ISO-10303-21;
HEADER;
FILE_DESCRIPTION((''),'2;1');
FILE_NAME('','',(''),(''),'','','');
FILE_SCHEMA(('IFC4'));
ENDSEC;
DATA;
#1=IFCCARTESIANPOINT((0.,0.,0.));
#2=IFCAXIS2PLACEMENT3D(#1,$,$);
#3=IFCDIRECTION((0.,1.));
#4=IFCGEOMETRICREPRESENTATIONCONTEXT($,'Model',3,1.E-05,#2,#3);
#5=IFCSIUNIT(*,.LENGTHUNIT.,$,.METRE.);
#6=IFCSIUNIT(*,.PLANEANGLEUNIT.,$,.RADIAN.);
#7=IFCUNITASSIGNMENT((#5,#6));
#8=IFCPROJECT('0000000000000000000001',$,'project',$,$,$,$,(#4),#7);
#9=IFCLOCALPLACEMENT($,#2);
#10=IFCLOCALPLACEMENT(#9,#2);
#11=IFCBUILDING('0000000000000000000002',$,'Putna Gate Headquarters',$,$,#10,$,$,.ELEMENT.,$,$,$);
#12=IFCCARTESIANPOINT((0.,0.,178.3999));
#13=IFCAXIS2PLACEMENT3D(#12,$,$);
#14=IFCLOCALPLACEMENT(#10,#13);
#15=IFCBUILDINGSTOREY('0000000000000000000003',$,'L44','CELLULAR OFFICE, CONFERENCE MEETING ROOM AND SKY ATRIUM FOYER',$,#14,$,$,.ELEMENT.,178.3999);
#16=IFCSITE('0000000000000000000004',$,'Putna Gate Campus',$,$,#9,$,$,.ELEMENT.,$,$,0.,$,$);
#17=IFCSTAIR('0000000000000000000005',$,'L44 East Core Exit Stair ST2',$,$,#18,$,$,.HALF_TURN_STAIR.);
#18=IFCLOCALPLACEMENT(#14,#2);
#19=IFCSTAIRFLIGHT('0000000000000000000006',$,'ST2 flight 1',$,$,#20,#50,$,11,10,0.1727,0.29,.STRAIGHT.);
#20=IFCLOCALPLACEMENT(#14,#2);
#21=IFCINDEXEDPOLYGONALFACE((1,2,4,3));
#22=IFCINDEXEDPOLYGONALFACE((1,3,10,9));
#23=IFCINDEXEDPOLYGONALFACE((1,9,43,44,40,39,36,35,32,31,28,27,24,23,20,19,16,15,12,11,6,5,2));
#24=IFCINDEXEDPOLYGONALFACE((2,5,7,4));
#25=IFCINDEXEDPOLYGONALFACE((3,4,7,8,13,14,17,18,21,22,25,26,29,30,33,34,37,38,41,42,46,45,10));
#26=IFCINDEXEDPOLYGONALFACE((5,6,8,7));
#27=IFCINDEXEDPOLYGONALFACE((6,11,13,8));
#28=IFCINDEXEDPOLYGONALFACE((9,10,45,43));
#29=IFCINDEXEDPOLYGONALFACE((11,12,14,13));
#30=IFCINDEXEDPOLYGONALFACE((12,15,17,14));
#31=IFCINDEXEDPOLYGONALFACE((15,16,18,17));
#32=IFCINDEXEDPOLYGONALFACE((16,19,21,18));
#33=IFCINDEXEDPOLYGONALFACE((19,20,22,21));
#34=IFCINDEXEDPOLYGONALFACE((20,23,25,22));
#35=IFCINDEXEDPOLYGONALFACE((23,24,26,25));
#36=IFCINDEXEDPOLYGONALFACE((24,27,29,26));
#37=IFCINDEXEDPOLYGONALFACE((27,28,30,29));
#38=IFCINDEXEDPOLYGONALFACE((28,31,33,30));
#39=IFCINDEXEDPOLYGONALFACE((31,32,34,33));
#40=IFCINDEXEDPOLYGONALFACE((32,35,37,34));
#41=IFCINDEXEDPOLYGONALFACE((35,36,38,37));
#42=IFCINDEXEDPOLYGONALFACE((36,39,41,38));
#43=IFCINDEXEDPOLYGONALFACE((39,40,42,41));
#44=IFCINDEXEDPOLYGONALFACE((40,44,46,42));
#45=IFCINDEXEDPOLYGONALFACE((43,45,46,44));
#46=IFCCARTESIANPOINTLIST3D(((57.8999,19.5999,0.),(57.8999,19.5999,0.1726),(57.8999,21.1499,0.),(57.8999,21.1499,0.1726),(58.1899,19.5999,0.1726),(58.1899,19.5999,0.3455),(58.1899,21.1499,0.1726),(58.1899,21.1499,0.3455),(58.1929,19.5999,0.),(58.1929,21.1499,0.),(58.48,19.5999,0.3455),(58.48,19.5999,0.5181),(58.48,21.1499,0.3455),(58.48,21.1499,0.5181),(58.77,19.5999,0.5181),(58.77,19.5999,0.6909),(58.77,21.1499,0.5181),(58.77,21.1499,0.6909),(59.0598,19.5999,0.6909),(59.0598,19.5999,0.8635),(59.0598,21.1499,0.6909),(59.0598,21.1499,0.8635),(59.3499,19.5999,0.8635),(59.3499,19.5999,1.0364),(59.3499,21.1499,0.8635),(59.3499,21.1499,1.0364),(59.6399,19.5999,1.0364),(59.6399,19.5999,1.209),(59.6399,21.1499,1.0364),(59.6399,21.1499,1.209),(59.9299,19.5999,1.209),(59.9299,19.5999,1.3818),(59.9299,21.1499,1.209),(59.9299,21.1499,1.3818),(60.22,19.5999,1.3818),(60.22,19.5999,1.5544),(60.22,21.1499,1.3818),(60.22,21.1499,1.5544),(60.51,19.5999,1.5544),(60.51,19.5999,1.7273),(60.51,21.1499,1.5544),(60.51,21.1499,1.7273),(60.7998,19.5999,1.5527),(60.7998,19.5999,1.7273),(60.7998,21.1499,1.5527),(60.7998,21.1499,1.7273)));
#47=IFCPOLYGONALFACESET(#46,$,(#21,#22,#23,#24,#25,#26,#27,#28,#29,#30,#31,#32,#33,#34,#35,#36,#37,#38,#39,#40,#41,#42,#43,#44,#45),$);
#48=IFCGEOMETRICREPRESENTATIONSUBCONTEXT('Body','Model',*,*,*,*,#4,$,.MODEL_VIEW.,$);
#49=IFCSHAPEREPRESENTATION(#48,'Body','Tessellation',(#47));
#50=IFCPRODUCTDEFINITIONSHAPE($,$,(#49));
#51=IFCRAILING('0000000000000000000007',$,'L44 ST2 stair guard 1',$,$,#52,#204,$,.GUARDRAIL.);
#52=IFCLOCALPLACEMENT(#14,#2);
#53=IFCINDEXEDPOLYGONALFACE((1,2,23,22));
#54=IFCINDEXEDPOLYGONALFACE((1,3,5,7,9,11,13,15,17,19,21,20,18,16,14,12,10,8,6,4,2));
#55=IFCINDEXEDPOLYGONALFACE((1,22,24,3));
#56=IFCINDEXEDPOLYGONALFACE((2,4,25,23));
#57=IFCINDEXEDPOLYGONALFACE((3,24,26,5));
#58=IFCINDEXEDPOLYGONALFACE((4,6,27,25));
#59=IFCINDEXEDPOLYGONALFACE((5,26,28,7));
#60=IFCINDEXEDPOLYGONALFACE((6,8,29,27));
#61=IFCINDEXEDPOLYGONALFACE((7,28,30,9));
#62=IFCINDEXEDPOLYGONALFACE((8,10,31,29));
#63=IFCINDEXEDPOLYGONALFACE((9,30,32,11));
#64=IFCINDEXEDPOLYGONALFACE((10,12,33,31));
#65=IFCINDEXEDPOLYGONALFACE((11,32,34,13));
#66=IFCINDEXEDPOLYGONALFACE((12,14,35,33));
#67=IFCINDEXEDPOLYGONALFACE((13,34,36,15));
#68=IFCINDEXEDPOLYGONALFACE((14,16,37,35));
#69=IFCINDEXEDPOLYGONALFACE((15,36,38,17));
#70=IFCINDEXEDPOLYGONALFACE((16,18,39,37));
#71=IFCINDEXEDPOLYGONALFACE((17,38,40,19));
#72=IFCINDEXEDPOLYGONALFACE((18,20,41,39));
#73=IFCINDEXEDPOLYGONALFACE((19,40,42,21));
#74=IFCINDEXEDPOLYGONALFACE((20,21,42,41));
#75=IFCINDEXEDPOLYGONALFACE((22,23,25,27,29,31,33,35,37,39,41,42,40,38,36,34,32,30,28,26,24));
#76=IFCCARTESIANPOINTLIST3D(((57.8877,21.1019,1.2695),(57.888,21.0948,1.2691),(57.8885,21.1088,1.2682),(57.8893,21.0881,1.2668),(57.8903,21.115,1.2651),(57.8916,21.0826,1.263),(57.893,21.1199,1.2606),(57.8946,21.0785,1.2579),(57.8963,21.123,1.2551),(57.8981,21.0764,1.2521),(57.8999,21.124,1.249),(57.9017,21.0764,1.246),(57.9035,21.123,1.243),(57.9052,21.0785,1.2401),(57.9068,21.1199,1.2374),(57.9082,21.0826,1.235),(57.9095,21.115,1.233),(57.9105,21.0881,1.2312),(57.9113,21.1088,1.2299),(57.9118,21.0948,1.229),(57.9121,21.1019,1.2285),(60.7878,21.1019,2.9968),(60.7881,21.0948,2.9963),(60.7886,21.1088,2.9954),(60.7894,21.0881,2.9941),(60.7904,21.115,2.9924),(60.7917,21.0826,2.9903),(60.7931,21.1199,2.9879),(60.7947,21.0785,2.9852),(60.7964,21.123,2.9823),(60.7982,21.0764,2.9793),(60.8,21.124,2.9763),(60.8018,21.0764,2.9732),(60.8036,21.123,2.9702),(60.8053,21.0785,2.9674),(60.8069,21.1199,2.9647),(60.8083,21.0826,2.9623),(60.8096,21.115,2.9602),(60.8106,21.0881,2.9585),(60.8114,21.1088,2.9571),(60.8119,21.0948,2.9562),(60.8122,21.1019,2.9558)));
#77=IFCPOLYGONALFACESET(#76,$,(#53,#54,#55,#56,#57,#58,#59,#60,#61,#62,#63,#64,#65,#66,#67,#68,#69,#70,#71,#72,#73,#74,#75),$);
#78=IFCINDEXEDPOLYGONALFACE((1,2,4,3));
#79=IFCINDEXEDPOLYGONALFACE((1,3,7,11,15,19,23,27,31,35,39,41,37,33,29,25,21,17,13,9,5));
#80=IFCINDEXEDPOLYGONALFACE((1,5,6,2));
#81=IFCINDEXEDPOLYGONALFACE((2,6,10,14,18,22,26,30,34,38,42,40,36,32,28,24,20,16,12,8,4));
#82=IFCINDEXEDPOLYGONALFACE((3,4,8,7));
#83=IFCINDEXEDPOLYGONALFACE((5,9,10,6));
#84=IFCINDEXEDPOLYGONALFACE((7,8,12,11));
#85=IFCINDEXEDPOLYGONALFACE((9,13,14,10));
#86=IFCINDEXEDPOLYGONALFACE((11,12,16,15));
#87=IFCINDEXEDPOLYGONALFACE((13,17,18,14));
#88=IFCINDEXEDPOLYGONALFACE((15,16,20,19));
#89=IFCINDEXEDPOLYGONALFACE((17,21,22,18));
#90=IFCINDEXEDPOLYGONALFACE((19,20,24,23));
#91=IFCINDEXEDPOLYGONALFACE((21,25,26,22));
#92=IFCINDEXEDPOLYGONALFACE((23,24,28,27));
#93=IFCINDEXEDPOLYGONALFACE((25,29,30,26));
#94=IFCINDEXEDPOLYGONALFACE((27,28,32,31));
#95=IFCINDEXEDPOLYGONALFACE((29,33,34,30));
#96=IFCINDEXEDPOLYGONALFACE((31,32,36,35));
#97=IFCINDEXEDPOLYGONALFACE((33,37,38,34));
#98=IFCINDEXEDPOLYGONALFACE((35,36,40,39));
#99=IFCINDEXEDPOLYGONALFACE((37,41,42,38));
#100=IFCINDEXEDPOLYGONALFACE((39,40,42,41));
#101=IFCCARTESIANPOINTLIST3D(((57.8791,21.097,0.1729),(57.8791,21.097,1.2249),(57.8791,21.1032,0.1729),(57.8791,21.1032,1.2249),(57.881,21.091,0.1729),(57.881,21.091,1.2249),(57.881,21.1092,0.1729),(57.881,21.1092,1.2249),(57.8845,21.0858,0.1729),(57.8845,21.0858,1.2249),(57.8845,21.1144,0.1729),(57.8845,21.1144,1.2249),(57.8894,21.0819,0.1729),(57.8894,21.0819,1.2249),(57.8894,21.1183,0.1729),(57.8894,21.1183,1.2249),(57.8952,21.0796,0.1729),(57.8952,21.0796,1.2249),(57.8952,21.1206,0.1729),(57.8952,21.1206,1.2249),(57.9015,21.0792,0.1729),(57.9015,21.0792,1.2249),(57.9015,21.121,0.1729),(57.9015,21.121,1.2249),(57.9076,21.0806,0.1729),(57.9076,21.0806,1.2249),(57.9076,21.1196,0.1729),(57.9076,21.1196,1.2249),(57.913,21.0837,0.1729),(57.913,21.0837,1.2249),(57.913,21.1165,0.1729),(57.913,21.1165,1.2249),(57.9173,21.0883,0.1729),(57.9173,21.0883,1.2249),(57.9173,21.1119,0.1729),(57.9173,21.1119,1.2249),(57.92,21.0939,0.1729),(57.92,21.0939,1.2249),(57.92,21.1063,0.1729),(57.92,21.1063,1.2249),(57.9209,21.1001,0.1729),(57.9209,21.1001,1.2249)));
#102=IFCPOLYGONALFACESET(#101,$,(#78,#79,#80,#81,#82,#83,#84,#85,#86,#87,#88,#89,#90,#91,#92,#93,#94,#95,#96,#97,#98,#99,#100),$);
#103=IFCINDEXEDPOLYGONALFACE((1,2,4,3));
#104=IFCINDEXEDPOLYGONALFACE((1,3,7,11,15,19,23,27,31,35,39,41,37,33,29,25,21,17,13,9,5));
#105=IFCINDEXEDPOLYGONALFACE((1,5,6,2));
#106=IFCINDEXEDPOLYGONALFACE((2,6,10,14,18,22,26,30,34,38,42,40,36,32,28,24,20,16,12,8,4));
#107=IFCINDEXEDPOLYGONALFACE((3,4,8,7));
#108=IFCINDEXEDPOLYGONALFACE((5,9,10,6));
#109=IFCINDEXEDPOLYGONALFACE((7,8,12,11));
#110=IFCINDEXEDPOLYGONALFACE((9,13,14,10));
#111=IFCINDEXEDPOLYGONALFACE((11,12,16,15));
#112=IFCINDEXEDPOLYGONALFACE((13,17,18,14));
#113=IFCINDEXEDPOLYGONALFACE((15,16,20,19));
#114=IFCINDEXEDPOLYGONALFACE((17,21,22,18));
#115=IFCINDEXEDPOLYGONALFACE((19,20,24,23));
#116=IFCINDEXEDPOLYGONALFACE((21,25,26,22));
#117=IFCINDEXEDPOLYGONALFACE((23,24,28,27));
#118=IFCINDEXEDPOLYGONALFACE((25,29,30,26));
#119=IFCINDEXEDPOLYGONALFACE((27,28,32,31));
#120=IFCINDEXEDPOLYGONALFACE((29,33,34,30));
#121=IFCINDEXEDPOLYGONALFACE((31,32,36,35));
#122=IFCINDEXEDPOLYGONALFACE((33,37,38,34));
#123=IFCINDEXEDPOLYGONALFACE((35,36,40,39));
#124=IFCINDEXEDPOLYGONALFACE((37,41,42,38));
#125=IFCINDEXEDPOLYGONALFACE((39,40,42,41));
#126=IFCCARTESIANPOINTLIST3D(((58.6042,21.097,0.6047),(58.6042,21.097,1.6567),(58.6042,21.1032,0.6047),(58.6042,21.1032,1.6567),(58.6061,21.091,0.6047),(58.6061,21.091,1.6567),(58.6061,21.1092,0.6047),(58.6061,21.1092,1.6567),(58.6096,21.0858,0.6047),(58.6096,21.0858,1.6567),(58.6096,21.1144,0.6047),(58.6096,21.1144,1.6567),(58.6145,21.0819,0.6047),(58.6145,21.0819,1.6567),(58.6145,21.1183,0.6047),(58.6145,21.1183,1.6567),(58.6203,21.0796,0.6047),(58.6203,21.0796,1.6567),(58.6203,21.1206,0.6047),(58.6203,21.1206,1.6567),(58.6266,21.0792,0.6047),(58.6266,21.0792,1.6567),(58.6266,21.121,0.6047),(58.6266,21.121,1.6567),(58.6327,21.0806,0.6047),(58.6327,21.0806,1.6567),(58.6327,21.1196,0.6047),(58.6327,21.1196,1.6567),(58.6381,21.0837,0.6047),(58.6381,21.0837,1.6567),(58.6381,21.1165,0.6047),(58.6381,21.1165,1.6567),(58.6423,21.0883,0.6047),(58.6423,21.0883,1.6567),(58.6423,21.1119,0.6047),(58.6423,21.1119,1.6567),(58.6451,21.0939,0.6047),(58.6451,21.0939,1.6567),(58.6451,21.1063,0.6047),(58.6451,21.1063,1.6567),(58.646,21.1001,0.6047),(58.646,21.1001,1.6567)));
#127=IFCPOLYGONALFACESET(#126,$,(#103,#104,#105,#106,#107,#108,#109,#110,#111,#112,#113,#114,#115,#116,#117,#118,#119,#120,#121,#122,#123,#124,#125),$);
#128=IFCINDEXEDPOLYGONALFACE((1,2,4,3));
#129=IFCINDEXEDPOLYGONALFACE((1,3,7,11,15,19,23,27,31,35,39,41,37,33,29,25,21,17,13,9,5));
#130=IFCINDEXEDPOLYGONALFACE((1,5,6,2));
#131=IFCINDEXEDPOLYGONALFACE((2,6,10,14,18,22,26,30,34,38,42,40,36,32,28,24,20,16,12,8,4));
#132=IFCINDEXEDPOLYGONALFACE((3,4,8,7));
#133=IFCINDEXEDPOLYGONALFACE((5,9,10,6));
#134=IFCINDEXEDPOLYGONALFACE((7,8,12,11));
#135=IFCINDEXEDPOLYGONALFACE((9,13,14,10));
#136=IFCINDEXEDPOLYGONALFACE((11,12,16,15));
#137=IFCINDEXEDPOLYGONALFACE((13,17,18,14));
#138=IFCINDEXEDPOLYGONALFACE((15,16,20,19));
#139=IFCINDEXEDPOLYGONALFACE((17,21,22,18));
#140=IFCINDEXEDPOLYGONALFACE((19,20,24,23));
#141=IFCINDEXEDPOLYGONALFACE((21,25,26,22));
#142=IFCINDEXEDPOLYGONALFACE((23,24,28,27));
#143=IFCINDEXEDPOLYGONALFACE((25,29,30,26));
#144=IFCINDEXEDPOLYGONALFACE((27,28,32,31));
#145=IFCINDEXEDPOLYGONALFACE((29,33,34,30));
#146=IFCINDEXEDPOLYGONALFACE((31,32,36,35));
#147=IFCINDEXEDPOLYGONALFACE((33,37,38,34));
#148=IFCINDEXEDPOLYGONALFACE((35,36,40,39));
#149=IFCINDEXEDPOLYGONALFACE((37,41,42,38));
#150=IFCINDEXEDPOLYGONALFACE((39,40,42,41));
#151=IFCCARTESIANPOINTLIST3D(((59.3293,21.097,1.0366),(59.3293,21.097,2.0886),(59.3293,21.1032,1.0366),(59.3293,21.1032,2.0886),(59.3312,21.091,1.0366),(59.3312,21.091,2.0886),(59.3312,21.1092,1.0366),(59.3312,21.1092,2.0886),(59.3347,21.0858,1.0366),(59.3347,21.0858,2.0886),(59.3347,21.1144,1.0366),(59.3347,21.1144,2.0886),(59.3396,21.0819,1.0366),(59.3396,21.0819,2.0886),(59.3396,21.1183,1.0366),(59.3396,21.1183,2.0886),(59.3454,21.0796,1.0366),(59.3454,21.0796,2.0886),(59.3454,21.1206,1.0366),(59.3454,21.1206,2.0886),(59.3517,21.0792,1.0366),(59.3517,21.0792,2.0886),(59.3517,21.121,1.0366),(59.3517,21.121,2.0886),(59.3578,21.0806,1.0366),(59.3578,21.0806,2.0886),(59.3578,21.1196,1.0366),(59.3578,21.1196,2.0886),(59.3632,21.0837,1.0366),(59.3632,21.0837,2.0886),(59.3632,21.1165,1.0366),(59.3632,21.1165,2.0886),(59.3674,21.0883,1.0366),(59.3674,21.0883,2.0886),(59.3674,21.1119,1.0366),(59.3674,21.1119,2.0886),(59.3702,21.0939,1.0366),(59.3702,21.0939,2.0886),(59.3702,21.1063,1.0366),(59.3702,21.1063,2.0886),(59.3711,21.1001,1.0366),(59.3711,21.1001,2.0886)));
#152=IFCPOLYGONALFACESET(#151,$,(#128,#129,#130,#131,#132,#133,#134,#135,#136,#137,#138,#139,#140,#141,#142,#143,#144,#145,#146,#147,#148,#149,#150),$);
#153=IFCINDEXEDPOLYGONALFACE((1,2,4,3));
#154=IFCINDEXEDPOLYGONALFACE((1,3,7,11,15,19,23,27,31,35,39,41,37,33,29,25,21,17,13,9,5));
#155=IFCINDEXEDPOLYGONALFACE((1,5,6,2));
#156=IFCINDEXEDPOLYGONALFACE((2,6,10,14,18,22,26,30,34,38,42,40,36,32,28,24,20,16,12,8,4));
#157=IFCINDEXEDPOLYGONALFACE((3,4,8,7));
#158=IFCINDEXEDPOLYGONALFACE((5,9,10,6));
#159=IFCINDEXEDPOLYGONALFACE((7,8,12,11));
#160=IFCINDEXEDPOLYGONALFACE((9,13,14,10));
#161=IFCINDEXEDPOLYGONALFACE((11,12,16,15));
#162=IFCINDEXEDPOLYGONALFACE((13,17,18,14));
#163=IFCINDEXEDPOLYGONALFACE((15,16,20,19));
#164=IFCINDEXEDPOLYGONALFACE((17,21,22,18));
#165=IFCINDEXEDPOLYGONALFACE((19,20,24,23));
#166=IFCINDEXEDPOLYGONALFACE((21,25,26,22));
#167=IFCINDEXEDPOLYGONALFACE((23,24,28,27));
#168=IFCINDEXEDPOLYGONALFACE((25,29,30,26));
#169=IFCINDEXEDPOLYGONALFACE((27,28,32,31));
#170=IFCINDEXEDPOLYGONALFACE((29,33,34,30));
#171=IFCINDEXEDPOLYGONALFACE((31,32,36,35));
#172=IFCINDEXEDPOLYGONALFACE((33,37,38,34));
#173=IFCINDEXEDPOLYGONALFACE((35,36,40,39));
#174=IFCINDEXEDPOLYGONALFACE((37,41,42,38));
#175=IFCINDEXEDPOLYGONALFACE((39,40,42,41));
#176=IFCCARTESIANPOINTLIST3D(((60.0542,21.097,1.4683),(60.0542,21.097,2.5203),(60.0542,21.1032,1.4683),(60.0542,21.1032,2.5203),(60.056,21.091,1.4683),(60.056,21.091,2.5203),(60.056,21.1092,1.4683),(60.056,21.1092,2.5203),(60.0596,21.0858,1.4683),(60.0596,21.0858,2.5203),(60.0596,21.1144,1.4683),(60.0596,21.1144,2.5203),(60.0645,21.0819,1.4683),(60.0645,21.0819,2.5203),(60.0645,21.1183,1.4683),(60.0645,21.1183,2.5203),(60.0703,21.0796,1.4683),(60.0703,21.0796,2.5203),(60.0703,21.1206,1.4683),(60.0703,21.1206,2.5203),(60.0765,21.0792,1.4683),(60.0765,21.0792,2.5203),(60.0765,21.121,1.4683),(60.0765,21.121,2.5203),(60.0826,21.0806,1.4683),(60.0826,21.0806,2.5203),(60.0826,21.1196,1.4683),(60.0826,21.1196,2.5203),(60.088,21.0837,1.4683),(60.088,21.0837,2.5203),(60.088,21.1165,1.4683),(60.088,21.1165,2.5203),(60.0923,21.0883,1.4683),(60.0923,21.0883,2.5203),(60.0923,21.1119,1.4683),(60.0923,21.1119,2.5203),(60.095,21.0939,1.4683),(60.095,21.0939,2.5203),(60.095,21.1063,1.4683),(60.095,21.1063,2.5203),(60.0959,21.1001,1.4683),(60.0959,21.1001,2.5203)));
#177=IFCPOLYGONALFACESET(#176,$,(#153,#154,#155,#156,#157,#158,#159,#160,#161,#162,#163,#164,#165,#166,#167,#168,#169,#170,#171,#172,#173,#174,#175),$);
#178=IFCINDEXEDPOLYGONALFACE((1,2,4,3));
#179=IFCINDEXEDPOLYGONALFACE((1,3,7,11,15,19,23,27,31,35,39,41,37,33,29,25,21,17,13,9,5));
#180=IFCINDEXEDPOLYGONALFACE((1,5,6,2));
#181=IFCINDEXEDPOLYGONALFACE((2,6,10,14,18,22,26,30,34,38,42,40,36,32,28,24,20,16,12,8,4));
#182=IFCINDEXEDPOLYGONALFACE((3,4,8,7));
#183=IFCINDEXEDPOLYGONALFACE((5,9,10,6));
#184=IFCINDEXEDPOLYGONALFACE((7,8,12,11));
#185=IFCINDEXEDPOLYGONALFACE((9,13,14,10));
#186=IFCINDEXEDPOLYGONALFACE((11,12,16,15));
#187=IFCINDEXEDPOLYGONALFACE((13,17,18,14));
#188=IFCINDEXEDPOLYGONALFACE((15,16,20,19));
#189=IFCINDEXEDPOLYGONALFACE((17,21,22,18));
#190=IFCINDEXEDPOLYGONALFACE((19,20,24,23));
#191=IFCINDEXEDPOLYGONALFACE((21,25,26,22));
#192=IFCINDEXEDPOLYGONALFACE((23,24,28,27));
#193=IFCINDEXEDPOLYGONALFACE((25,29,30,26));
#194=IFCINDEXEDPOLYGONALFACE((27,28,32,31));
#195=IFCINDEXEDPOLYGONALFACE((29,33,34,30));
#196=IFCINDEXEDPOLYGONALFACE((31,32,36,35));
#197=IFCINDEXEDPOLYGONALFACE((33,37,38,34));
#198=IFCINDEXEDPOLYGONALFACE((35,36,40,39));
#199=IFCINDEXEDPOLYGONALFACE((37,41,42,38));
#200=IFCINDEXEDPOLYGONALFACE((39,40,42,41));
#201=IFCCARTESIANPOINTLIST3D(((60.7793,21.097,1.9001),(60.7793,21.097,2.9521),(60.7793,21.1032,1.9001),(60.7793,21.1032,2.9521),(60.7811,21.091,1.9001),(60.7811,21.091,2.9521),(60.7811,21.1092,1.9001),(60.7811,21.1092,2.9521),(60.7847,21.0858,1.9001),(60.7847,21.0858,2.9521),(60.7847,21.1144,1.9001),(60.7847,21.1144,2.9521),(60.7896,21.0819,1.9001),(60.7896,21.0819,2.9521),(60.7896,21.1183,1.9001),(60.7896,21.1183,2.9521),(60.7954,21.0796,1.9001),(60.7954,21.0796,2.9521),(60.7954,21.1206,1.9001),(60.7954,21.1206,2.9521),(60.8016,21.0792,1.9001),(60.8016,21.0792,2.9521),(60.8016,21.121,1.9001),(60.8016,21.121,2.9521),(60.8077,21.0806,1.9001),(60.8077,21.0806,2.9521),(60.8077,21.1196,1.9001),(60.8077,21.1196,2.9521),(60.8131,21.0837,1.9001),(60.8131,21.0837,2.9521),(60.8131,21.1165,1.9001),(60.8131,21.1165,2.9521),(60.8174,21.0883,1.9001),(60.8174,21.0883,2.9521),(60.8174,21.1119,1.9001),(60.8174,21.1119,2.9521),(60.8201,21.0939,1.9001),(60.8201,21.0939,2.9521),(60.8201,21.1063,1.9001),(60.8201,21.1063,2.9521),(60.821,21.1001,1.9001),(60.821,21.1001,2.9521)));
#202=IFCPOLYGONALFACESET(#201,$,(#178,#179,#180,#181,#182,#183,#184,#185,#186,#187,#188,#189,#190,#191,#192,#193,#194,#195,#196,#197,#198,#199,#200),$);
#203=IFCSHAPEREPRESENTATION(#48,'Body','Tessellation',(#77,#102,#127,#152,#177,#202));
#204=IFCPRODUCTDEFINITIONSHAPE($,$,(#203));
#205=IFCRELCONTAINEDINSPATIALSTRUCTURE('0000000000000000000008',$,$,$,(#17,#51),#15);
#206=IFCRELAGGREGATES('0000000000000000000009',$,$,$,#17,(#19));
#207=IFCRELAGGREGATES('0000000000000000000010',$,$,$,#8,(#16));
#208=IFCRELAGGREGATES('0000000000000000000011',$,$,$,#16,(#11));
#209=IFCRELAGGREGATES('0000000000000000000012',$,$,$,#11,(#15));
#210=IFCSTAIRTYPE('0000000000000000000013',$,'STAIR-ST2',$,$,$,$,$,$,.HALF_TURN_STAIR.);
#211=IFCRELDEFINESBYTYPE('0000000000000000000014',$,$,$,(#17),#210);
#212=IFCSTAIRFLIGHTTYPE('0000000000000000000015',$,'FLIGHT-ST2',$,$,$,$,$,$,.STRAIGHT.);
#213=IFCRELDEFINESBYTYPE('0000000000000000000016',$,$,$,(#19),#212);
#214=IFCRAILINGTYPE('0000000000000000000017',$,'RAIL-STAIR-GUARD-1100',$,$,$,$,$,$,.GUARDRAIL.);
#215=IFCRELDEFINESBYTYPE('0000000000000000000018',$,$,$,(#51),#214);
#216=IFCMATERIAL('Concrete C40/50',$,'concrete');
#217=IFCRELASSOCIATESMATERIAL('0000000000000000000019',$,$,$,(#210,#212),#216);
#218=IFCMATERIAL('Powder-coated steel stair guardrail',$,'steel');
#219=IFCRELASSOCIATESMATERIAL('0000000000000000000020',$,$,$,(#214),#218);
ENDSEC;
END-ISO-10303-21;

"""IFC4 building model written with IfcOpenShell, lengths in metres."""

from ifc_helpers import new_model, si_unit, direction, frame, origin, origin_2d, place, context, subcontext, project, spatial, polyline, circle, outline, extrude, material, type_object, element, aggregate, save


model = new_model("IFC4")

# Units and contexts
model_context = context("Model", 3, precision=1e-05, world=origin(), true_north=direction((0.0, 1.0)))
body_context = subcontext(model_context, "Body", "Model", "MODEL_VIEW")
ifc_project = project(units=[si_unit("LENGTHUNIT", "METRE"), si_unit("PLANEANGLEUNIT", "RADIAN")], contexts=[model_context])

# Site, building, storey
site_placement = place(None, origin())
site = spatial("IfcSite", under=ifc_project, at=site_placement, Name="Putna Gate Campus", CompositionType="ELEMENT", RefElevation=0.0)
building_placement = place(site_placement, origin())
building = spatial("IfcBuilding", under=site, at=building_placement, Name="Putna Gate Headquarters", CompositionType="ELEMENT")
storey_placement = place(building_placement, frame((0.0, 0.0, 178.3999)))
storey = spatial("IfcBuildingStorey", under=building, at=storey_placement, Name="L44", Description="CELLULAR OFFICE, CONFERENCE MEETING ROOM AND SKY ATRIUM FOYER", CompositionType="ELEMENT", Elevation=178.3999)

# Shared definitions
ifc_material_1 = material(Name="Concrete C40/50", Category="concrete")

# Stair, stair flight
stair_type = type_object("IfcStairType", Name="STAIR-ST2", PredefinedType="HALF_TURN_STAIR", material=ifc_material_1)
stair_placement = place(storey_placement, origin())
stair = element("IfcStair", 1, at=stair_placement, inside=storey, type_object=stair_type, Name="L44 East Core Exit Stair ST2", PredefinedType="HALF_TURN_STAIR")
stair_flight_type = type_object("IfcStairFlightType", Name="FLIGHT-ST2", PredefinedType="STRAIGHT", material=ifc_material_1)
stair_flight_placement = place(storey_placement, frame((57.8999, 20.375, 0.0), z_axis=(0.0, 0.0, 1.0), x_axis=(1.0, 0.0, 0.0)))
stair_flight = element("IfcStairFlight", 2, at=stair_flight_placement, type_object=stair_flight_type, Name="ST2 flight 1", NumberOfRisers=11, NumberOfTreads=10, PredefinedType="STRAIGHT", RiserHeight=0.1727, TreadLength=0.29, context=body_context, shape_type="SweptSolid", body=[
    extrude(outline(polyline([(0.0, 0.0), (0.0, 0.1726), (0.29, 0.1726), (0.29, 0.3455), (0.5801, 0.3455), (0.5801, 0.5181), (0.8701, 0.5181), (0.8701, 0.6909), (1.1599, 0.6909), (1.1599, 0.8635), (1.45, 0.8635), (1.45, 1.0364), (1.74, 1.0364), (1.74, 1.209), (2.03, 1.209), (2.03, 1.3818), (2.3201, 1.3818), (2.3201, 1.5544), (2.6101, 1.5544), (2.6101, 1.7273), (2.8999, 1.7273), (2.8999, 1.8999), (2.8999, 1.5527), (0.293, 0.0), (0.0, 0.0)])), frame((0.0, 0.7749, 0.0), z_axis=(0.0, -1.0, 0.0), x_axis=(1.0, 0.0, 0.0)), (0.0, 0.0, 1.0), 1.55),
])
aggregate(stair, [stair_flight])

# Railing
ifc_material_2 = material(Name="Powder-coated steel stair guardrail", Category="steel")
railing_type_1 = type_object("IfcRailingType", Name="RAIL-STAIR-GUARD-1100", PredefinedType="GUARDRAIL", material=ifc_material_2)
railing_1_placement = place(storey_placement, frame((57.8999, 21.1001, 0.1729)))
element("IfcRailing", 3, at=railing_1_placement, inside=storey, type_object=railing_type_1, Name="L44 ST2 stair guard 1", PredefinedType="GUARDRAIL", context=body_context, shape_type="SweptSolid", body=[
    extrude(circle(Radius=0.0239, at=origin_2d()), frame((0.0, 0.0, 1.0762), z_axis=(0.85916, 0.0, 0.511706), x_axis=(0.0, 1.0, 0.0)), (0.0, 0.0, 1.0), 3.3755),
    extrude(circle(Radius=0.021, at=origin_2d()), origin(), (0.0, 0.0, 1.0), 1.052),
    extrude(circle(Radius=0.021, at=origin_2d()), frame((0.7251, 0.0, 0.4319)), (0.0, 0.0, 1.0), 1.052),
    extrude(circle(Radius=0.021, at=origin_2d()), frame((1.4502, 0.0, 0.8638)), (0.0, 0.0, 1.0), 1.052),
    extrude(circle(Radius=0.021, at=origin_2d()), frame((2.175, 0.0, 1.2954)), (0.0, 0.0, 1.0), 1.052),
    extrude(circle(Radius=0.021, at=origin_2d()), frame((2.9001, 0.0, 1.7273)), (0.0, 0.0, 1.0), 1.052),
])

save(model, "model.ifc")
